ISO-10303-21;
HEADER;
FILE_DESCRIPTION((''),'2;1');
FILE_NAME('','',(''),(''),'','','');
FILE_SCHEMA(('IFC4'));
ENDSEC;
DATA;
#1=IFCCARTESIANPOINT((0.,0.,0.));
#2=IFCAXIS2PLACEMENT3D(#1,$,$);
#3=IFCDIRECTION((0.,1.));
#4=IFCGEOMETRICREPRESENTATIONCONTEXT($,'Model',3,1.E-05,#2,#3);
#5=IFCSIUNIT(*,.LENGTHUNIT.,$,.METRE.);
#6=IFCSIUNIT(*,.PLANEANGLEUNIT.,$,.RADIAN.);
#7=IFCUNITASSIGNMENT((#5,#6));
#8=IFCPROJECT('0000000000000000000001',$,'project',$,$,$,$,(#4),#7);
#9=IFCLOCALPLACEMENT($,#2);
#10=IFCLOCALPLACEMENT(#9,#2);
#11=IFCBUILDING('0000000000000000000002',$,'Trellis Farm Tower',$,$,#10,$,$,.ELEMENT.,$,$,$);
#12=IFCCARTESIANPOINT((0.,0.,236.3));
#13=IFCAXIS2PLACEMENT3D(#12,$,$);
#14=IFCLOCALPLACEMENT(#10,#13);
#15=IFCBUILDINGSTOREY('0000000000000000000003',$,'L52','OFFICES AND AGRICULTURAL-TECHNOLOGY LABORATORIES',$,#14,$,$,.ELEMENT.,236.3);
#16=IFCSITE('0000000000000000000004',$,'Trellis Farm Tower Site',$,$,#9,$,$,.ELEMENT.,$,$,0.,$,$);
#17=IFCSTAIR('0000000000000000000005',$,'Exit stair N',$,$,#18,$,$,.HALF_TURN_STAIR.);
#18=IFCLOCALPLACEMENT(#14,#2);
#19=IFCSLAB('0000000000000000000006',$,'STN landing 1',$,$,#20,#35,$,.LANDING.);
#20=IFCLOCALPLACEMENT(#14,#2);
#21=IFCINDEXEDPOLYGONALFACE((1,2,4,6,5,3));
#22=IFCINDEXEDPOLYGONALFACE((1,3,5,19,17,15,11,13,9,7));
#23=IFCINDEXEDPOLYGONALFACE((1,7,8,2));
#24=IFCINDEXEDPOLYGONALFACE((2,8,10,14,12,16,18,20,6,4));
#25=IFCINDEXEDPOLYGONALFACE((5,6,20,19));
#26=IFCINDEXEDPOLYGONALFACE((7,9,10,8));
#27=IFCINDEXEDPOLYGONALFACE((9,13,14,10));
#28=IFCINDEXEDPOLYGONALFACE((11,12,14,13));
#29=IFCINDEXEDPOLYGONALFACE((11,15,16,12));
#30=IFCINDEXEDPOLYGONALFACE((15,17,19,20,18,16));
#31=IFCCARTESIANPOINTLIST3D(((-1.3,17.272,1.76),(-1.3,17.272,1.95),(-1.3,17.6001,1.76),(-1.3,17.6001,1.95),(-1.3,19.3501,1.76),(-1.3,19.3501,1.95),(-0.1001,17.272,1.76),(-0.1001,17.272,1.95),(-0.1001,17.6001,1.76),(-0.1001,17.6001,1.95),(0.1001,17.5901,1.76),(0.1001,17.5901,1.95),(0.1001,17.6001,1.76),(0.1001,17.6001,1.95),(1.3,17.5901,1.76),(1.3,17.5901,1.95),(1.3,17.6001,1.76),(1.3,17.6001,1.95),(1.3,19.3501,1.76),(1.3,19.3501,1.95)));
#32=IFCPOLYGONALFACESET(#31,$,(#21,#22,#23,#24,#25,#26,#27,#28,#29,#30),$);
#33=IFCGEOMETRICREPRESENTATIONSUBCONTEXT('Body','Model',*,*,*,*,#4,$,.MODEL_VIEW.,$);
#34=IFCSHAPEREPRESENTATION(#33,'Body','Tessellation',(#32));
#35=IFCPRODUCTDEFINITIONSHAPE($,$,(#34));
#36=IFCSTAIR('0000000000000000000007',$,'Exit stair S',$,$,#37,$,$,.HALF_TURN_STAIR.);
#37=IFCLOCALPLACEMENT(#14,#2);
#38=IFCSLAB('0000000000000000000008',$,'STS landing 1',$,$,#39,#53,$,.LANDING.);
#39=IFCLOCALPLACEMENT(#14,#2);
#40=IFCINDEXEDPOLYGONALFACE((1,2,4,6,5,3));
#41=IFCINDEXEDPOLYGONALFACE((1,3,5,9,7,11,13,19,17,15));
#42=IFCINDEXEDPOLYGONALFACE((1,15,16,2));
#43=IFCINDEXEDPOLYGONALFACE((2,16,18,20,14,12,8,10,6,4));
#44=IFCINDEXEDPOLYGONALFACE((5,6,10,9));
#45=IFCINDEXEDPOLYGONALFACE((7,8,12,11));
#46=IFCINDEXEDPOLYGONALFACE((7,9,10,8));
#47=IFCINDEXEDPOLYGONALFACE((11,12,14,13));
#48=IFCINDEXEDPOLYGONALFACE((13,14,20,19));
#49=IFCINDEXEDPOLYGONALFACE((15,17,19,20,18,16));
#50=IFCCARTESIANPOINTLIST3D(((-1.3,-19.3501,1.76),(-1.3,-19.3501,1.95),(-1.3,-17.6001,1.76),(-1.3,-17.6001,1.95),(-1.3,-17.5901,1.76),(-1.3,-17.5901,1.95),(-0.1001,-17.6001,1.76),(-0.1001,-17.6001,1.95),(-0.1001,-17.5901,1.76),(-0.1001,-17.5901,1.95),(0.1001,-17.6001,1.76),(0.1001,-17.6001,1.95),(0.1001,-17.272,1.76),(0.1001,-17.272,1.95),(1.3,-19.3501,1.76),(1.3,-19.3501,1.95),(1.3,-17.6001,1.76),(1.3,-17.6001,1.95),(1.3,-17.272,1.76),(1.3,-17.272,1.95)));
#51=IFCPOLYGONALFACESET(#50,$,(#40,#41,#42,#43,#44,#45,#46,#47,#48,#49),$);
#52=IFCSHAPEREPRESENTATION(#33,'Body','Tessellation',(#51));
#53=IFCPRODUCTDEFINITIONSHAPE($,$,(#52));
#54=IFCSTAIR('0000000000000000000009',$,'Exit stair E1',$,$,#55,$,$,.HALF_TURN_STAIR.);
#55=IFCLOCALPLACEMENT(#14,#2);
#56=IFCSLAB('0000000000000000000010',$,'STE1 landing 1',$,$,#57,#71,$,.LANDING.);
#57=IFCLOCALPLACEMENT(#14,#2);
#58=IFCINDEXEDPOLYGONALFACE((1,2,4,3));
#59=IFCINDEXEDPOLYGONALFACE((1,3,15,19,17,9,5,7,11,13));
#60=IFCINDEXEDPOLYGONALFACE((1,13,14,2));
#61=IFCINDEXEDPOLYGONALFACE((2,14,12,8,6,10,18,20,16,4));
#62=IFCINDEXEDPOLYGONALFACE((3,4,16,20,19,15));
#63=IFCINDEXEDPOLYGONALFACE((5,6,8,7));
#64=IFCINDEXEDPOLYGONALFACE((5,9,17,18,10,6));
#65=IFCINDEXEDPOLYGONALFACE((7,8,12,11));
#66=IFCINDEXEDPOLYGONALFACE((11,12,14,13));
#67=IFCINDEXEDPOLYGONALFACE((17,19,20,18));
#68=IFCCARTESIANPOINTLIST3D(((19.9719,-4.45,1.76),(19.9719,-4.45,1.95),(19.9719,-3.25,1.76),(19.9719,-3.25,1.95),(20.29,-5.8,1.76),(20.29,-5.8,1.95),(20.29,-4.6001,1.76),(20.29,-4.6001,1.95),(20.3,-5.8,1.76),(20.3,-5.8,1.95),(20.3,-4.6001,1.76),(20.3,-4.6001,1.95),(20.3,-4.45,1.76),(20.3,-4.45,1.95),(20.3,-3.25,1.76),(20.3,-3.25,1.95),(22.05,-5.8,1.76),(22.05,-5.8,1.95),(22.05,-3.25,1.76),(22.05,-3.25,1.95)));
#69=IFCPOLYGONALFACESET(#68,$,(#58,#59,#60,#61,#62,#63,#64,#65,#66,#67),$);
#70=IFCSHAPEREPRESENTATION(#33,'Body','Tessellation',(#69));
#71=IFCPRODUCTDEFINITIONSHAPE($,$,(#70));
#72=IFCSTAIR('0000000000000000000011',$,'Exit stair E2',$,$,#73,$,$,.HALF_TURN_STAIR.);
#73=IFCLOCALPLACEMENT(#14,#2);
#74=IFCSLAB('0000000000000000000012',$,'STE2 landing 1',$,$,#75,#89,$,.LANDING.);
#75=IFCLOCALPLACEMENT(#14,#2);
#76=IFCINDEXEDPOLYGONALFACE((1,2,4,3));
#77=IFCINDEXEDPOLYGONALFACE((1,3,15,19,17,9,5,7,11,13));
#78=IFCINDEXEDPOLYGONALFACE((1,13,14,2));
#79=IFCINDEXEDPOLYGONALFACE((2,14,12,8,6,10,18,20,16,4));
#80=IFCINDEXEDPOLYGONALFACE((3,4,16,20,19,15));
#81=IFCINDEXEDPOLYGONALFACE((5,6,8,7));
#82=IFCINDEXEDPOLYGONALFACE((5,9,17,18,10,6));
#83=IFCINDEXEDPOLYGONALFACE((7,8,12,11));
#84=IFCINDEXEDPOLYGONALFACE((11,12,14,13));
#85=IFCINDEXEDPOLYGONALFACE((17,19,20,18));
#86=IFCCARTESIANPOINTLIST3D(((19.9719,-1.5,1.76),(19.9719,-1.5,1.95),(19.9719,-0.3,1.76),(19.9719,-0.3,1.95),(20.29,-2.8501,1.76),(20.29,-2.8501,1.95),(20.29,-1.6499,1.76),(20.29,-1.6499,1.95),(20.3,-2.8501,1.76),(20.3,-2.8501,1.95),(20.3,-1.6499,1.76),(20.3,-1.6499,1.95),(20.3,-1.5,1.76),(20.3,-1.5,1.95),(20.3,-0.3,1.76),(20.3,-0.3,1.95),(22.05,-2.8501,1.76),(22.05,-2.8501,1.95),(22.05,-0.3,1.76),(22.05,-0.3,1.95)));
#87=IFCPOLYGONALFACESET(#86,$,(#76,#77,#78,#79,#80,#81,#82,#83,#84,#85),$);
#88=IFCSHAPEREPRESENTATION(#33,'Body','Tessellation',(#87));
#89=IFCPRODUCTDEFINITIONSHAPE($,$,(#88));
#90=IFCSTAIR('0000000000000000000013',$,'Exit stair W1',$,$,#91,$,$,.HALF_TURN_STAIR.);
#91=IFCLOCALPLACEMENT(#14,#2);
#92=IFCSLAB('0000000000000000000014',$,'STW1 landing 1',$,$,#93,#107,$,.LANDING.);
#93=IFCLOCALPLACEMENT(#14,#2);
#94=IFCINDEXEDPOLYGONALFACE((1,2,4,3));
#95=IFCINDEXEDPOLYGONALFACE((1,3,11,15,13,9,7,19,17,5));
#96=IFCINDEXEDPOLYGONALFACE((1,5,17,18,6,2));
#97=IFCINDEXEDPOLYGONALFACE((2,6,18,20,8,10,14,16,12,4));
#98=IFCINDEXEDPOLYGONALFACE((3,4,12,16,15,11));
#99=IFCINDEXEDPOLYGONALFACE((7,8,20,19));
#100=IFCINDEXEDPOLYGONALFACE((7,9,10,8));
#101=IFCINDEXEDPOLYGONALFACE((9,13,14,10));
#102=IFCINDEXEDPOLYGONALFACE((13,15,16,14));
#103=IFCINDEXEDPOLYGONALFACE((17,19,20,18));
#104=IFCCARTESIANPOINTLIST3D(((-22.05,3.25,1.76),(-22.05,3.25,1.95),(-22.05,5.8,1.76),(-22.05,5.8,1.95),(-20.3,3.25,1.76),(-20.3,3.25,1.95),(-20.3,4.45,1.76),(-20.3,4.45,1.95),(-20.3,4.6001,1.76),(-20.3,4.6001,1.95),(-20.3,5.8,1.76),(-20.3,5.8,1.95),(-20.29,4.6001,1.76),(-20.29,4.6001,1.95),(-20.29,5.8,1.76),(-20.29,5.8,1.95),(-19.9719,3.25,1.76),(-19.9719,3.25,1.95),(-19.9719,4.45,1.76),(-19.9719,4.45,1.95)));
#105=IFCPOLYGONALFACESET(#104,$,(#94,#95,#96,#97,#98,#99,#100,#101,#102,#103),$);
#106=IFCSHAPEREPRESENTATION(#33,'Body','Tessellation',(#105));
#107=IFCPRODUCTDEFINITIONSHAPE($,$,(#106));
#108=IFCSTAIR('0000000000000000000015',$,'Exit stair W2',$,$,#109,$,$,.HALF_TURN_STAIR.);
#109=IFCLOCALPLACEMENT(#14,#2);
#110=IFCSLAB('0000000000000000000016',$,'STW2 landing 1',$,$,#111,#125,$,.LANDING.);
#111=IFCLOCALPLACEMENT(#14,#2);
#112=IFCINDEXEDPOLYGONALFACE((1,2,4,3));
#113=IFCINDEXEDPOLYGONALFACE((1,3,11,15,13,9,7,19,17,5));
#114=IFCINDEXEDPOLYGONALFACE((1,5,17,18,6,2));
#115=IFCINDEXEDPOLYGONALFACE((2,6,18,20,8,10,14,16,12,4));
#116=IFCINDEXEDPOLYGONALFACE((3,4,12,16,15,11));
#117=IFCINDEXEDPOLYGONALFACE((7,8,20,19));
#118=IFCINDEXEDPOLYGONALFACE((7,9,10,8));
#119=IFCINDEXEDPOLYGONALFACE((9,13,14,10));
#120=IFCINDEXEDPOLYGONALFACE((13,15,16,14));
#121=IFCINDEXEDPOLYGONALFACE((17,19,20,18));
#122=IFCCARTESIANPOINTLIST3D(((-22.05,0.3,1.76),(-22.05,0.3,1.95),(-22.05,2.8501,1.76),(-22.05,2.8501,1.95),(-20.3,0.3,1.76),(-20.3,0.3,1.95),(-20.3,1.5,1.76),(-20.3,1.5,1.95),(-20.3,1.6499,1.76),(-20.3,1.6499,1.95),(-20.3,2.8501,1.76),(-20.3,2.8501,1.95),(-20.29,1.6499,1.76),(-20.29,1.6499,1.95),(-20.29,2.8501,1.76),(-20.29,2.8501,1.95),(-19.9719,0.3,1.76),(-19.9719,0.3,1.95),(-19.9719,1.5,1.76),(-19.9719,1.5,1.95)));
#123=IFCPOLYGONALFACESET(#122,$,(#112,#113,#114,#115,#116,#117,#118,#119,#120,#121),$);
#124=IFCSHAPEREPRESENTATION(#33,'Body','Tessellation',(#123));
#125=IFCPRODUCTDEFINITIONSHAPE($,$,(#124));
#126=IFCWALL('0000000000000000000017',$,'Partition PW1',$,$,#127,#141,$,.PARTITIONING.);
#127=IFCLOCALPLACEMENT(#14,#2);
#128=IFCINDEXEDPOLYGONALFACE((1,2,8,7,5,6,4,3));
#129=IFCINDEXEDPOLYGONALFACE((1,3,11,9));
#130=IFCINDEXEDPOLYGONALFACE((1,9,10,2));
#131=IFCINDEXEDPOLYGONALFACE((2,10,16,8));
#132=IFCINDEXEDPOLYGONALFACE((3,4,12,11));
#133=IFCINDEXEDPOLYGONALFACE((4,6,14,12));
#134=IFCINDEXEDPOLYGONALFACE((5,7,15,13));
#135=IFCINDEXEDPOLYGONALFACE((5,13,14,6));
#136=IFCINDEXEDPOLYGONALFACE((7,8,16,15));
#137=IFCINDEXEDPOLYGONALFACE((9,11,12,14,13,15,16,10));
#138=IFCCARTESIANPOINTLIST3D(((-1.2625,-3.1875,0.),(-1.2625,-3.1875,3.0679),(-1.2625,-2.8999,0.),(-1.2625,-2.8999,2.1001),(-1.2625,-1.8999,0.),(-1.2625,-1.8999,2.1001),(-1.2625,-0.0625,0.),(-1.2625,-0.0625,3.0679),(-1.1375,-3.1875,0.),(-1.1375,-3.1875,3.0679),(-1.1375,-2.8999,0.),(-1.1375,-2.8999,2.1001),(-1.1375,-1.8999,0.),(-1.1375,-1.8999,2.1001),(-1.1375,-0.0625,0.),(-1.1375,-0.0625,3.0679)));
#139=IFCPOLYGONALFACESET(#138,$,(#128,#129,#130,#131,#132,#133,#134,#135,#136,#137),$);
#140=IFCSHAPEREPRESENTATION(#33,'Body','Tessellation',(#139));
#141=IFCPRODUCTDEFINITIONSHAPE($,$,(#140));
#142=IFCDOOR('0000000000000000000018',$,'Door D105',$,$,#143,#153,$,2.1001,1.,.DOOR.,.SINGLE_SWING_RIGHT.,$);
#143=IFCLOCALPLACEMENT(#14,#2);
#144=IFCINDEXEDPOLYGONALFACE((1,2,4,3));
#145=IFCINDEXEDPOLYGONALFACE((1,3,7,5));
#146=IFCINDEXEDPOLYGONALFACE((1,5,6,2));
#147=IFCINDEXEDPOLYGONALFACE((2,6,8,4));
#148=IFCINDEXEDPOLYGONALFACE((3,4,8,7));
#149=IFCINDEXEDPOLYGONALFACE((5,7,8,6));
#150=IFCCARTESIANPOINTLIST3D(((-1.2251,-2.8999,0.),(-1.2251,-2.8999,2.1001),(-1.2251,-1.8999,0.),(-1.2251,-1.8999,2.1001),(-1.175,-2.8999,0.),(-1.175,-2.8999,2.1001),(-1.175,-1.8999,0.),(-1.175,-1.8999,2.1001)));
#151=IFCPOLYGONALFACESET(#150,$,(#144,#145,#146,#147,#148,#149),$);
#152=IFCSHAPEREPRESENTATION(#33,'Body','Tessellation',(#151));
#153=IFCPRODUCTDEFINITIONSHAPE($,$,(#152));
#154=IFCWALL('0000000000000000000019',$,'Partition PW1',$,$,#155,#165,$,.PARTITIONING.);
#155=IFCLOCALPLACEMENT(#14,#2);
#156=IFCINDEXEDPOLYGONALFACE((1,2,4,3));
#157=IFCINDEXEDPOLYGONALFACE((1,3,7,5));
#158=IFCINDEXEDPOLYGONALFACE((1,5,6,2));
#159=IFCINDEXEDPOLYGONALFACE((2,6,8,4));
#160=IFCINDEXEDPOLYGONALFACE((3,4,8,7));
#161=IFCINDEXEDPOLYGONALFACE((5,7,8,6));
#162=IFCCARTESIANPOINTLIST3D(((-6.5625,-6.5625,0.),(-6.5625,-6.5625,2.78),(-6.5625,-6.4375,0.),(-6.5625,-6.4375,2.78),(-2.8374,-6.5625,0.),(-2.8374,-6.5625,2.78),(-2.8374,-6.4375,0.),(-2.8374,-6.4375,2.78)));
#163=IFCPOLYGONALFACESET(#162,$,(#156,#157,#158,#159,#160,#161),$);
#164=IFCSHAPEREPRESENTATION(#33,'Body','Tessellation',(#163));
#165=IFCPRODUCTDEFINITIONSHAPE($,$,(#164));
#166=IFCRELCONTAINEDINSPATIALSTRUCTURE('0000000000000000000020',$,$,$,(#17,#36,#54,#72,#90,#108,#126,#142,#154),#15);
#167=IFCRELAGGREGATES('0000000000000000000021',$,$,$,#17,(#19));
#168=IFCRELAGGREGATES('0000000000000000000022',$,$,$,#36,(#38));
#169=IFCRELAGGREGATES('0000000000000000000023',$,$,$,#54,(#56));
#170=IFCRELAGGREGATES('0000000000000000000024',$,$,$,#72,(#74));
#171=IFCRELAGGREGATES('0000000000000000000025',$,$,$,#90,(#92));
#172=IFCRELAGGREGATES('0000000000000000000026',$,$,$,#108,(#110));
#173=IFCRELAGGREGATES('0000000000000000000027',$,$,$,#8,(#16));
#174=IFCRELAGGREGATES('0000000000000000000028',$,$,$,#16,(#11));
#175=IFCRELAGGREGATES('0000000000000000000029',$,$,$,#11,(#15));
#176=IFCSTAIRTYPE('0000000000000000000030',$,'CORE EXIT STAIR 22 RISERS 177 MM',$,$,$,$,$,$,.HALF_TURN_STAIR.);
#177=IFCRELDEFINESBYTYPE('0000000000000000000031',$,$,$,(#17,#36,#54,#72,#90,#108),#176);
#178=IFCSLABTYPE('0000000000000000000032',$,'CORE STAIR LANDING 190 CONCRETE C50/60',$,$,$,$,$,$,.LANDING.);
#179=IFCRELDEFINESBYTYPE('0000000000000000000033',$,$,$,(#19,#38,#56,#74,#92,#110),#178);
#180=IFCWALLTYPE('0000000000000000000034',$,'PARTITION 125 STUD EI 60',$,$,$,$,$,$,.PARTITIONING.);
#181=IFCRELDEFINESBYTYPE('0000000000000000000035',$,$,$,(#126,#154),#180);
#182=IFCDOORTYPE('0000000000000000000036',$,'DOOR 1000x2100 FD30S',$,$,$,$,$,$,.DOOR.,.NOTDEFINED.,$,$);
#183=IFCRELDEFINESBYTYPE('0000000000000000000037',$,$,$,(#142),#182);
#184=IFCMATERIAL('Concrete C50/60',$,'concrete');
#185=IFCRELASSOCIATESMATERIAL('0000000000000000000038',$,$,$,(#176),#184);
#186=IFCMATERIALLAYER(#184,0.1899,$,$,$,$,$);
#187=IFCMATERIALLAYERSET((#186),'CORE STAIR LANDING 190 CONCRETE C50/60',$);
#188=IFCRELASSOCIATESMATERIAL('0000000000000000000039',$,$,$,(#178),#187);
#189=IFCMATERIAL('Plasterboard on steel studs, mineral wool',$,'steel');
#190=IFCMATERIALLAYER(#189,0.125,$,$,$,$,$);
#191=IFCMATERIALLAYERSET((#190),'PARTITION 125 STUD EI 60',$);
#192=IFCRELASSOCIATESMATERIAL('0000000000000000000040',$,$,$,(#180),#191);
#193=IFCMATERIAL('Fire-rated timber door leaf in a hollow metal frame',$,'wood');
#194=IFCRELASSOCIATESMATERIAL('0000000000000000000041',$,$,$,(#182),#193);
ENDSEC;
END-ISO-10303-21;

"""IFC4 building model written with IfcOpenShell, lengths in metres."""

from ifc_helpers import new_model, si_unit, direction, frame, frame_2d, origin, place, context, subcontext, project, spatial, polyline, rectangle, outline, extrude, source, transform, mapped, material, layer, layer_set, type_object, element, fill, aggregate, save


model = new_model("IFC4")

# Units and contexts
model_context = context("Model", 3, precision=1e-05, world=origin(), true_north=direction((0.0, 1.0)))
body_context = subcontext(model_context, "Body", "Model", "MODEL_VIEW")
ifc_project = project(units=[si_unit("LENGTHUNIT", "METRE"), si_unit("PLANEANGLEUNIT", "RADIAN")], contexts=[model_context])

# Site, building, storey
site_placement = place(None, origin())
site = spatial("IfcSite", under=ifc_project, at=site_placement, Name="Trellis Farm Tower Site", CompositionType="ELEMENT", RefElevation=0.0)
building_placement = place(site_placement, origin())
building = spatial("IfcBuilding", under=site, at=building_placement, Name="Trellis Farm Tower", CompositionType="ELEMENT")
storey_placement = place(building_placement, frame((0.0, 0.0, 236.3)))
storey = spatial("IfcBuildingStorey", under=building, at=storey_placement, Name="L52", Description="OFFICES AND AGRICULTURAL-TECHNOLOGY LABORATORIES", CompositionType="ELEMENT", Elevation=236.3)

# Stairs, slabs
ifc_material_1 = material(Name="Concrete C50/60", Category="concrete")
stair_type = type_object("IfcStairType", Name="CORE EXIT STAIR 22 RISERS 177 MM", PredefinedType="HALF_TURN_STAIR", material=ifc_material_1)
placement_1 = place(storey_placement, origin())
stair_1 = element("IfcStair", 1, at=placement_1, inside=storey, type_object=stair_type, Name="Exit stair N", PredefinedType="HALF_TURN_STAIR")
ifc_layer_1 = layer(ifc_material_1, 0.1899)
ifc_layer_set_1 = layer_set([ifc_layer_1], Name="CORE STAIR LANDING 190 CONCRETE C50/60")
slab_type_1 = type_object("IfcSlabType", Name="CORE STAIR LANDING 190 CONCRETE C50/60", PredefinedType="LANDING", material=ifc_layer_set_1)
shared_shape_1 = source(origin(), body_context, "Body", "SweptSolid", [
    extrude(outline(polyline([(-0.1001, 17.272), (-1.3, 17.272), (-1.3, 17.6001), (-1.3, 19.3501), (1.3, 19.3501), (1.3, 17.6001), (1.3, 17.5901), (0.1001, 17.5901), (0.1001, 17.6001), (-0.1001, 17.6001), (-0.1001, 17.272)])), origin(), (0.0, 0.0, 1.0), 0.1899),
])
placement_2 = place(storey_placement, frame((0.0, 0.0, 1.76)))
slab_1 = element("IfcSlab", 2, at=placement_2, type_object=slab_type_1, Name="STN landing 1", PredefinedType="LANDING", context=body_context, shape_type="MappedRepresentation", body=[
    mapped(shared_shape_1, transform((0.0, 0.0, 0.0))),
])
aggregate(stair_1, [slab_1])
stair_2 = element("IfcStair", 3, at=placement_1, inside=storey, type_object=stair_type, Name="Exit stair S", PredefinedType="HALF_TURN_STAIR")
shared_shape_2 = source(origin(), body_context, "Body", "SweptSolid", [
    extrude(outline(polyline([(1.3, -19.3501), (-1.3, -19.3501), (-1.3, -17.6001), (-1.3, -17.5901), (-0.1001, -17.5901), (-0.1001, -17.6001), (0.1001, -17.6001), (0.1001, -17.272), (1.3, -17.272), (1.3, -17.6001), (1.3, -19.3501)])), origin(), (0.0, 0.0, 1.0), 0.1899),
])
slab_2 = element("IfcSlab", 4, at=placement_2, type_object=slab_type_1, Name="STS landing 1", PredefinedType="LANDING", context=body_context, shape_type="MappedRepresentation", body=[
    mapped(shared_shape_2, transform((0.0, 0.0, 0.0))),
])
aggregate(stair_2, [slab_2])
stair_3 = element("IfcStair", 5, at=placement_1, inside=storey, type_object=stair_type, Name="Exit stair E1", PredefinedType="HALF_TURN_STAIR")
shared_shape_3 = source(origin(), body_context, "Body", "SweptSolid", [
    extrude(outline(polyline([(20.29, -5.8), (20.29, -4.6001), (20.3, -4.6001), (20.3, -4.45), (19.9719, -4.45), (19.9719, -3.25), (20.3, -3.25), (22.05, -3.25), (22.05, -5.8), (20.3, -5.8), (20.29, -5.8)])), origin(), (0.0, 0.0, 1.0), 0.1899),
])
slab_3 = element("IfcSlab", 6, at=placement_2, type_object=slab_type_1, Name="STE1 landing 1", PredefinedType="LANDING", context=body_context, shape_type="MappedRepresentation", body=[
    mapped(shared_shape_3, transform((0.0, 0.0, 0.0))),
])
aggregate(stair_3, [slab_3])
stair_4 = element("IfcStair", 7, at=placement_1, inside=storey, type_object=stair_type, Name="Exit stair E2", PredefinedType="HALF_TURN_STAIR")
shared_shape_4 = source(origin(), body_context, "Body", "SweptSolid", [
    extrude(outline(polyline([(20.29, -2.8501), (20.29, -1.6499), (20.3, -1.6499), (20.3, -1.5), (19.9719, -1.5), (19.9719, -0.3), (20.3, -0.3), (22.05, -0.3), (22.05, -2.8501), (20.3, -2.8501), (20.29, -2.8501)])), origin(), (0.0, 0.0, 1.0), 0.1899),
])
slab_4 = element("IfcSlab", 8, at=placement_2, type_object=slab_type_1, Name="STE2 landing 1", PredefinedType="LANDING", context=body_context, shape_type="MappedRepresentation", body=[
    mapped(shared_shape_4, transform((0.0, 0.0, 0.0))),
])
aggregate(stair_4, [slab_4])
stair_5 = element("IfcStair", 9, at=placement_1, inside=storey, type_object=stair_type, Name="Exit stair W1", PredefinedType="HALF_TURN_STAIR")
shared_shape_5 = source(origin(), body_context, "Body", "SweptSolid", [
    extrude(outline(polyline([(-19.9719, 4.45), (-19.9719, 3.25), (-20.3, 3.25), (-22.05, 3.25), (-22.05, 5.8), (-20.3, 5.8), (-20.29, 5.8), (-20.29, 4.6001), (-20.3, 4.6001), (-20.3, 4.45), (-19.9719, 4.45)])), origin(), (0.0, 0.0, 1.0), 0.1899),
])
slab_5 = element("IfcSlab", 10, at=placement_2, type_object=slab_type_1, Name="STW1 landing 1", PredefinedType="LANDING", context=body_context, shape_type="MappedRepresentation", body=[
    mapped(shared_shape_5, transform((0.0, 0.0, 0.0))),
])
aggregate(stair_5, [slab_5])
stair_6 = element("IfcStair", 11, at=placement_1, inside=storey, type_object=stair_type, Name="Exit stair W2", PredefinedType="HALF_TURN_STAIR")
shared_shape_6 = source(origin(), body_context, "Body", "SweptSolid", [
    extrude(outline(polyline([(-19.9719, 1.5), (-19.9719, 0.3), (-20.3, 0.3), (-22.05, 0.3), (-22.05, 2.8501), (-20.3, 2.8501), (-20.29, 2.8501), (-20.29, 1.6499), (-20.3, 1.6499), (-20.3, 1.5), (-19.9719, 1.5)])), origin(), (0.0, 0.0, 1.0), 0.1899),
])
slab_6 = element("IfcSlab", 12, at=placement_2, type_object=slab_type_1, Name="STW2 landing 1", PredefinedType="LANDING", context=body_context, shape_type="MappedRepresentation", body=[
    mapped(shared_shape_6, transform((0.0, 0.0, 0.0))),
])
aggregate(stair_6, [slab_6])

# Wall, opening, door
ifc_material_2 = material(Name="Plasterboard on steel studs, mineral wool", Category="steel")
ifc_layer_2 = layer(ifc_material_2, 0.125)
ifc_layer_set_2 = layer_set([ifc_layer_2], Name="PARTITION 125 STUD EI 60")
wall_type_1 = type_object("IfcWallType", Name="PARTITION 125 STUD EI 60", PredefinedType="PARTITIONING", material=ifc_layer_set_2)
shared_shape_7 = source(origin(), body_context, "Body", "SweptSolid", [
    extrude(rectangle(XDim=3.125, YDim=0.125, at=frame_2d((1.5625, 0.0))), origin(), (0.0, 0.0, 1.0), 3.0679),
])
wall_1_placement = place(storey_placement, frame((-1.2, -0.0625, 0.0), z_axis=(0.0, 0.0, 1.0), x_axis=(0.0, -1.0, 0.0)))
wall_1 = element("IfcWall", 13, at=wall_1_placement, inside=storey, type_object=wall_type_1, Name="Partition PW1", PredefinedType="PARTITIONING", context=body_context, shape_type="MappedRepresentation", body=[
    mapped(shared_shape_7, transform((0.0, 0.0, 0.0))),
])
shared_shape_8 = source(origin(), body_context, "Body", "SweptSolid", [
    extrude(rectangle(XDim=1.0, YDim=2.1001, at=frame_2d((0.5, 1.05))), frame((0.0, 0.0725, 0.0), z_axis=(0.0, -1.0, 0.0), x_axis=(1.0, 0.0, 0.0)), (0.0, 0.0, 1.0), 0.145),
])
opening_1_placement = place(wall_1_placement, frame((1.8374, 0.0, 0.0)))
opening_1 = element("IfcOpeningElement", 14, at=opening_1_placement, cuts=wall_1, PredefinedType="OPENING", context=body_context, shape_type="MappedRepresentation", body=[
    mapped(shared_shape_8, transform((0.0, 0.0, 0.0))),
])
ifc_material_3 = material(Name="Fire-rated timber door leaf in a hollow metal frame", Category="wood")
door_type_1 = type_object("IfcDoorType", Name="DOOR 1000x2100 FD30S", OperationType="NOTDEFINED", PredefinedType="DOOR", material=ifc_material_3)
shared_shape_9 = source(origin(), body_context, "Body", "SweptSolid", [
    extrude(rectangle(XDim=1.0, YDim=2.1001, at=frame_2d((0.5, 1.05))), frame((0.0, 0.0249, 0.0), z_axis=(0.0, -1.0, 0.0), x_axis=(1.0, 0.0, 0.0)), (0.0, 0.0, 1.0), 0.05),
])
door_1_placement = place(opening_1_placement, origin())
door_1 = element("IfcDoor", 15, at=door_1_placement, inside=storey, type_object=door_type_1, Name="Door D105", OperationType="SINGLE_SWING_RIGHT", OverallHeight=2.1001, OverallWidth=1.0, PredefinedType="DOOR", context=body_context, shape_type="MappedRepresentation", body=[
    mapped(shared_shape_9, transform((0.0, 0.0, 0.0))),
])
fill(opening_1, door_1)

# Wall
shared_shape_10 = source(origin(), body_context, "Body", "SweptSolid", [
    extrude(rectangle(XDim=3.7251, YDim=0.125, at=frame_2d((1.8625, 0.0))), origin(), (0.0, 0.0, 1.0), 2.78),
])
wall_2_placement = place(storey_placement, frame((-2.8374, -6.5, 0.0), z_axis=(0.0, 0.0, 1.0), x_axis=(-1.0, 0.0, 0.0)))
element("IfcWall", 16, at=wall_2_placement, inside=storey, type_object=wall_type_1, Name="Partition PW1", PredefinedType="PARTITIONING", context=body_context, shape_type="MappedRepresentation", body=[
    mapped(shared_shape_10, transform((0.0, 0.0, 0.0))),
])

save(model, "model.ifc")
